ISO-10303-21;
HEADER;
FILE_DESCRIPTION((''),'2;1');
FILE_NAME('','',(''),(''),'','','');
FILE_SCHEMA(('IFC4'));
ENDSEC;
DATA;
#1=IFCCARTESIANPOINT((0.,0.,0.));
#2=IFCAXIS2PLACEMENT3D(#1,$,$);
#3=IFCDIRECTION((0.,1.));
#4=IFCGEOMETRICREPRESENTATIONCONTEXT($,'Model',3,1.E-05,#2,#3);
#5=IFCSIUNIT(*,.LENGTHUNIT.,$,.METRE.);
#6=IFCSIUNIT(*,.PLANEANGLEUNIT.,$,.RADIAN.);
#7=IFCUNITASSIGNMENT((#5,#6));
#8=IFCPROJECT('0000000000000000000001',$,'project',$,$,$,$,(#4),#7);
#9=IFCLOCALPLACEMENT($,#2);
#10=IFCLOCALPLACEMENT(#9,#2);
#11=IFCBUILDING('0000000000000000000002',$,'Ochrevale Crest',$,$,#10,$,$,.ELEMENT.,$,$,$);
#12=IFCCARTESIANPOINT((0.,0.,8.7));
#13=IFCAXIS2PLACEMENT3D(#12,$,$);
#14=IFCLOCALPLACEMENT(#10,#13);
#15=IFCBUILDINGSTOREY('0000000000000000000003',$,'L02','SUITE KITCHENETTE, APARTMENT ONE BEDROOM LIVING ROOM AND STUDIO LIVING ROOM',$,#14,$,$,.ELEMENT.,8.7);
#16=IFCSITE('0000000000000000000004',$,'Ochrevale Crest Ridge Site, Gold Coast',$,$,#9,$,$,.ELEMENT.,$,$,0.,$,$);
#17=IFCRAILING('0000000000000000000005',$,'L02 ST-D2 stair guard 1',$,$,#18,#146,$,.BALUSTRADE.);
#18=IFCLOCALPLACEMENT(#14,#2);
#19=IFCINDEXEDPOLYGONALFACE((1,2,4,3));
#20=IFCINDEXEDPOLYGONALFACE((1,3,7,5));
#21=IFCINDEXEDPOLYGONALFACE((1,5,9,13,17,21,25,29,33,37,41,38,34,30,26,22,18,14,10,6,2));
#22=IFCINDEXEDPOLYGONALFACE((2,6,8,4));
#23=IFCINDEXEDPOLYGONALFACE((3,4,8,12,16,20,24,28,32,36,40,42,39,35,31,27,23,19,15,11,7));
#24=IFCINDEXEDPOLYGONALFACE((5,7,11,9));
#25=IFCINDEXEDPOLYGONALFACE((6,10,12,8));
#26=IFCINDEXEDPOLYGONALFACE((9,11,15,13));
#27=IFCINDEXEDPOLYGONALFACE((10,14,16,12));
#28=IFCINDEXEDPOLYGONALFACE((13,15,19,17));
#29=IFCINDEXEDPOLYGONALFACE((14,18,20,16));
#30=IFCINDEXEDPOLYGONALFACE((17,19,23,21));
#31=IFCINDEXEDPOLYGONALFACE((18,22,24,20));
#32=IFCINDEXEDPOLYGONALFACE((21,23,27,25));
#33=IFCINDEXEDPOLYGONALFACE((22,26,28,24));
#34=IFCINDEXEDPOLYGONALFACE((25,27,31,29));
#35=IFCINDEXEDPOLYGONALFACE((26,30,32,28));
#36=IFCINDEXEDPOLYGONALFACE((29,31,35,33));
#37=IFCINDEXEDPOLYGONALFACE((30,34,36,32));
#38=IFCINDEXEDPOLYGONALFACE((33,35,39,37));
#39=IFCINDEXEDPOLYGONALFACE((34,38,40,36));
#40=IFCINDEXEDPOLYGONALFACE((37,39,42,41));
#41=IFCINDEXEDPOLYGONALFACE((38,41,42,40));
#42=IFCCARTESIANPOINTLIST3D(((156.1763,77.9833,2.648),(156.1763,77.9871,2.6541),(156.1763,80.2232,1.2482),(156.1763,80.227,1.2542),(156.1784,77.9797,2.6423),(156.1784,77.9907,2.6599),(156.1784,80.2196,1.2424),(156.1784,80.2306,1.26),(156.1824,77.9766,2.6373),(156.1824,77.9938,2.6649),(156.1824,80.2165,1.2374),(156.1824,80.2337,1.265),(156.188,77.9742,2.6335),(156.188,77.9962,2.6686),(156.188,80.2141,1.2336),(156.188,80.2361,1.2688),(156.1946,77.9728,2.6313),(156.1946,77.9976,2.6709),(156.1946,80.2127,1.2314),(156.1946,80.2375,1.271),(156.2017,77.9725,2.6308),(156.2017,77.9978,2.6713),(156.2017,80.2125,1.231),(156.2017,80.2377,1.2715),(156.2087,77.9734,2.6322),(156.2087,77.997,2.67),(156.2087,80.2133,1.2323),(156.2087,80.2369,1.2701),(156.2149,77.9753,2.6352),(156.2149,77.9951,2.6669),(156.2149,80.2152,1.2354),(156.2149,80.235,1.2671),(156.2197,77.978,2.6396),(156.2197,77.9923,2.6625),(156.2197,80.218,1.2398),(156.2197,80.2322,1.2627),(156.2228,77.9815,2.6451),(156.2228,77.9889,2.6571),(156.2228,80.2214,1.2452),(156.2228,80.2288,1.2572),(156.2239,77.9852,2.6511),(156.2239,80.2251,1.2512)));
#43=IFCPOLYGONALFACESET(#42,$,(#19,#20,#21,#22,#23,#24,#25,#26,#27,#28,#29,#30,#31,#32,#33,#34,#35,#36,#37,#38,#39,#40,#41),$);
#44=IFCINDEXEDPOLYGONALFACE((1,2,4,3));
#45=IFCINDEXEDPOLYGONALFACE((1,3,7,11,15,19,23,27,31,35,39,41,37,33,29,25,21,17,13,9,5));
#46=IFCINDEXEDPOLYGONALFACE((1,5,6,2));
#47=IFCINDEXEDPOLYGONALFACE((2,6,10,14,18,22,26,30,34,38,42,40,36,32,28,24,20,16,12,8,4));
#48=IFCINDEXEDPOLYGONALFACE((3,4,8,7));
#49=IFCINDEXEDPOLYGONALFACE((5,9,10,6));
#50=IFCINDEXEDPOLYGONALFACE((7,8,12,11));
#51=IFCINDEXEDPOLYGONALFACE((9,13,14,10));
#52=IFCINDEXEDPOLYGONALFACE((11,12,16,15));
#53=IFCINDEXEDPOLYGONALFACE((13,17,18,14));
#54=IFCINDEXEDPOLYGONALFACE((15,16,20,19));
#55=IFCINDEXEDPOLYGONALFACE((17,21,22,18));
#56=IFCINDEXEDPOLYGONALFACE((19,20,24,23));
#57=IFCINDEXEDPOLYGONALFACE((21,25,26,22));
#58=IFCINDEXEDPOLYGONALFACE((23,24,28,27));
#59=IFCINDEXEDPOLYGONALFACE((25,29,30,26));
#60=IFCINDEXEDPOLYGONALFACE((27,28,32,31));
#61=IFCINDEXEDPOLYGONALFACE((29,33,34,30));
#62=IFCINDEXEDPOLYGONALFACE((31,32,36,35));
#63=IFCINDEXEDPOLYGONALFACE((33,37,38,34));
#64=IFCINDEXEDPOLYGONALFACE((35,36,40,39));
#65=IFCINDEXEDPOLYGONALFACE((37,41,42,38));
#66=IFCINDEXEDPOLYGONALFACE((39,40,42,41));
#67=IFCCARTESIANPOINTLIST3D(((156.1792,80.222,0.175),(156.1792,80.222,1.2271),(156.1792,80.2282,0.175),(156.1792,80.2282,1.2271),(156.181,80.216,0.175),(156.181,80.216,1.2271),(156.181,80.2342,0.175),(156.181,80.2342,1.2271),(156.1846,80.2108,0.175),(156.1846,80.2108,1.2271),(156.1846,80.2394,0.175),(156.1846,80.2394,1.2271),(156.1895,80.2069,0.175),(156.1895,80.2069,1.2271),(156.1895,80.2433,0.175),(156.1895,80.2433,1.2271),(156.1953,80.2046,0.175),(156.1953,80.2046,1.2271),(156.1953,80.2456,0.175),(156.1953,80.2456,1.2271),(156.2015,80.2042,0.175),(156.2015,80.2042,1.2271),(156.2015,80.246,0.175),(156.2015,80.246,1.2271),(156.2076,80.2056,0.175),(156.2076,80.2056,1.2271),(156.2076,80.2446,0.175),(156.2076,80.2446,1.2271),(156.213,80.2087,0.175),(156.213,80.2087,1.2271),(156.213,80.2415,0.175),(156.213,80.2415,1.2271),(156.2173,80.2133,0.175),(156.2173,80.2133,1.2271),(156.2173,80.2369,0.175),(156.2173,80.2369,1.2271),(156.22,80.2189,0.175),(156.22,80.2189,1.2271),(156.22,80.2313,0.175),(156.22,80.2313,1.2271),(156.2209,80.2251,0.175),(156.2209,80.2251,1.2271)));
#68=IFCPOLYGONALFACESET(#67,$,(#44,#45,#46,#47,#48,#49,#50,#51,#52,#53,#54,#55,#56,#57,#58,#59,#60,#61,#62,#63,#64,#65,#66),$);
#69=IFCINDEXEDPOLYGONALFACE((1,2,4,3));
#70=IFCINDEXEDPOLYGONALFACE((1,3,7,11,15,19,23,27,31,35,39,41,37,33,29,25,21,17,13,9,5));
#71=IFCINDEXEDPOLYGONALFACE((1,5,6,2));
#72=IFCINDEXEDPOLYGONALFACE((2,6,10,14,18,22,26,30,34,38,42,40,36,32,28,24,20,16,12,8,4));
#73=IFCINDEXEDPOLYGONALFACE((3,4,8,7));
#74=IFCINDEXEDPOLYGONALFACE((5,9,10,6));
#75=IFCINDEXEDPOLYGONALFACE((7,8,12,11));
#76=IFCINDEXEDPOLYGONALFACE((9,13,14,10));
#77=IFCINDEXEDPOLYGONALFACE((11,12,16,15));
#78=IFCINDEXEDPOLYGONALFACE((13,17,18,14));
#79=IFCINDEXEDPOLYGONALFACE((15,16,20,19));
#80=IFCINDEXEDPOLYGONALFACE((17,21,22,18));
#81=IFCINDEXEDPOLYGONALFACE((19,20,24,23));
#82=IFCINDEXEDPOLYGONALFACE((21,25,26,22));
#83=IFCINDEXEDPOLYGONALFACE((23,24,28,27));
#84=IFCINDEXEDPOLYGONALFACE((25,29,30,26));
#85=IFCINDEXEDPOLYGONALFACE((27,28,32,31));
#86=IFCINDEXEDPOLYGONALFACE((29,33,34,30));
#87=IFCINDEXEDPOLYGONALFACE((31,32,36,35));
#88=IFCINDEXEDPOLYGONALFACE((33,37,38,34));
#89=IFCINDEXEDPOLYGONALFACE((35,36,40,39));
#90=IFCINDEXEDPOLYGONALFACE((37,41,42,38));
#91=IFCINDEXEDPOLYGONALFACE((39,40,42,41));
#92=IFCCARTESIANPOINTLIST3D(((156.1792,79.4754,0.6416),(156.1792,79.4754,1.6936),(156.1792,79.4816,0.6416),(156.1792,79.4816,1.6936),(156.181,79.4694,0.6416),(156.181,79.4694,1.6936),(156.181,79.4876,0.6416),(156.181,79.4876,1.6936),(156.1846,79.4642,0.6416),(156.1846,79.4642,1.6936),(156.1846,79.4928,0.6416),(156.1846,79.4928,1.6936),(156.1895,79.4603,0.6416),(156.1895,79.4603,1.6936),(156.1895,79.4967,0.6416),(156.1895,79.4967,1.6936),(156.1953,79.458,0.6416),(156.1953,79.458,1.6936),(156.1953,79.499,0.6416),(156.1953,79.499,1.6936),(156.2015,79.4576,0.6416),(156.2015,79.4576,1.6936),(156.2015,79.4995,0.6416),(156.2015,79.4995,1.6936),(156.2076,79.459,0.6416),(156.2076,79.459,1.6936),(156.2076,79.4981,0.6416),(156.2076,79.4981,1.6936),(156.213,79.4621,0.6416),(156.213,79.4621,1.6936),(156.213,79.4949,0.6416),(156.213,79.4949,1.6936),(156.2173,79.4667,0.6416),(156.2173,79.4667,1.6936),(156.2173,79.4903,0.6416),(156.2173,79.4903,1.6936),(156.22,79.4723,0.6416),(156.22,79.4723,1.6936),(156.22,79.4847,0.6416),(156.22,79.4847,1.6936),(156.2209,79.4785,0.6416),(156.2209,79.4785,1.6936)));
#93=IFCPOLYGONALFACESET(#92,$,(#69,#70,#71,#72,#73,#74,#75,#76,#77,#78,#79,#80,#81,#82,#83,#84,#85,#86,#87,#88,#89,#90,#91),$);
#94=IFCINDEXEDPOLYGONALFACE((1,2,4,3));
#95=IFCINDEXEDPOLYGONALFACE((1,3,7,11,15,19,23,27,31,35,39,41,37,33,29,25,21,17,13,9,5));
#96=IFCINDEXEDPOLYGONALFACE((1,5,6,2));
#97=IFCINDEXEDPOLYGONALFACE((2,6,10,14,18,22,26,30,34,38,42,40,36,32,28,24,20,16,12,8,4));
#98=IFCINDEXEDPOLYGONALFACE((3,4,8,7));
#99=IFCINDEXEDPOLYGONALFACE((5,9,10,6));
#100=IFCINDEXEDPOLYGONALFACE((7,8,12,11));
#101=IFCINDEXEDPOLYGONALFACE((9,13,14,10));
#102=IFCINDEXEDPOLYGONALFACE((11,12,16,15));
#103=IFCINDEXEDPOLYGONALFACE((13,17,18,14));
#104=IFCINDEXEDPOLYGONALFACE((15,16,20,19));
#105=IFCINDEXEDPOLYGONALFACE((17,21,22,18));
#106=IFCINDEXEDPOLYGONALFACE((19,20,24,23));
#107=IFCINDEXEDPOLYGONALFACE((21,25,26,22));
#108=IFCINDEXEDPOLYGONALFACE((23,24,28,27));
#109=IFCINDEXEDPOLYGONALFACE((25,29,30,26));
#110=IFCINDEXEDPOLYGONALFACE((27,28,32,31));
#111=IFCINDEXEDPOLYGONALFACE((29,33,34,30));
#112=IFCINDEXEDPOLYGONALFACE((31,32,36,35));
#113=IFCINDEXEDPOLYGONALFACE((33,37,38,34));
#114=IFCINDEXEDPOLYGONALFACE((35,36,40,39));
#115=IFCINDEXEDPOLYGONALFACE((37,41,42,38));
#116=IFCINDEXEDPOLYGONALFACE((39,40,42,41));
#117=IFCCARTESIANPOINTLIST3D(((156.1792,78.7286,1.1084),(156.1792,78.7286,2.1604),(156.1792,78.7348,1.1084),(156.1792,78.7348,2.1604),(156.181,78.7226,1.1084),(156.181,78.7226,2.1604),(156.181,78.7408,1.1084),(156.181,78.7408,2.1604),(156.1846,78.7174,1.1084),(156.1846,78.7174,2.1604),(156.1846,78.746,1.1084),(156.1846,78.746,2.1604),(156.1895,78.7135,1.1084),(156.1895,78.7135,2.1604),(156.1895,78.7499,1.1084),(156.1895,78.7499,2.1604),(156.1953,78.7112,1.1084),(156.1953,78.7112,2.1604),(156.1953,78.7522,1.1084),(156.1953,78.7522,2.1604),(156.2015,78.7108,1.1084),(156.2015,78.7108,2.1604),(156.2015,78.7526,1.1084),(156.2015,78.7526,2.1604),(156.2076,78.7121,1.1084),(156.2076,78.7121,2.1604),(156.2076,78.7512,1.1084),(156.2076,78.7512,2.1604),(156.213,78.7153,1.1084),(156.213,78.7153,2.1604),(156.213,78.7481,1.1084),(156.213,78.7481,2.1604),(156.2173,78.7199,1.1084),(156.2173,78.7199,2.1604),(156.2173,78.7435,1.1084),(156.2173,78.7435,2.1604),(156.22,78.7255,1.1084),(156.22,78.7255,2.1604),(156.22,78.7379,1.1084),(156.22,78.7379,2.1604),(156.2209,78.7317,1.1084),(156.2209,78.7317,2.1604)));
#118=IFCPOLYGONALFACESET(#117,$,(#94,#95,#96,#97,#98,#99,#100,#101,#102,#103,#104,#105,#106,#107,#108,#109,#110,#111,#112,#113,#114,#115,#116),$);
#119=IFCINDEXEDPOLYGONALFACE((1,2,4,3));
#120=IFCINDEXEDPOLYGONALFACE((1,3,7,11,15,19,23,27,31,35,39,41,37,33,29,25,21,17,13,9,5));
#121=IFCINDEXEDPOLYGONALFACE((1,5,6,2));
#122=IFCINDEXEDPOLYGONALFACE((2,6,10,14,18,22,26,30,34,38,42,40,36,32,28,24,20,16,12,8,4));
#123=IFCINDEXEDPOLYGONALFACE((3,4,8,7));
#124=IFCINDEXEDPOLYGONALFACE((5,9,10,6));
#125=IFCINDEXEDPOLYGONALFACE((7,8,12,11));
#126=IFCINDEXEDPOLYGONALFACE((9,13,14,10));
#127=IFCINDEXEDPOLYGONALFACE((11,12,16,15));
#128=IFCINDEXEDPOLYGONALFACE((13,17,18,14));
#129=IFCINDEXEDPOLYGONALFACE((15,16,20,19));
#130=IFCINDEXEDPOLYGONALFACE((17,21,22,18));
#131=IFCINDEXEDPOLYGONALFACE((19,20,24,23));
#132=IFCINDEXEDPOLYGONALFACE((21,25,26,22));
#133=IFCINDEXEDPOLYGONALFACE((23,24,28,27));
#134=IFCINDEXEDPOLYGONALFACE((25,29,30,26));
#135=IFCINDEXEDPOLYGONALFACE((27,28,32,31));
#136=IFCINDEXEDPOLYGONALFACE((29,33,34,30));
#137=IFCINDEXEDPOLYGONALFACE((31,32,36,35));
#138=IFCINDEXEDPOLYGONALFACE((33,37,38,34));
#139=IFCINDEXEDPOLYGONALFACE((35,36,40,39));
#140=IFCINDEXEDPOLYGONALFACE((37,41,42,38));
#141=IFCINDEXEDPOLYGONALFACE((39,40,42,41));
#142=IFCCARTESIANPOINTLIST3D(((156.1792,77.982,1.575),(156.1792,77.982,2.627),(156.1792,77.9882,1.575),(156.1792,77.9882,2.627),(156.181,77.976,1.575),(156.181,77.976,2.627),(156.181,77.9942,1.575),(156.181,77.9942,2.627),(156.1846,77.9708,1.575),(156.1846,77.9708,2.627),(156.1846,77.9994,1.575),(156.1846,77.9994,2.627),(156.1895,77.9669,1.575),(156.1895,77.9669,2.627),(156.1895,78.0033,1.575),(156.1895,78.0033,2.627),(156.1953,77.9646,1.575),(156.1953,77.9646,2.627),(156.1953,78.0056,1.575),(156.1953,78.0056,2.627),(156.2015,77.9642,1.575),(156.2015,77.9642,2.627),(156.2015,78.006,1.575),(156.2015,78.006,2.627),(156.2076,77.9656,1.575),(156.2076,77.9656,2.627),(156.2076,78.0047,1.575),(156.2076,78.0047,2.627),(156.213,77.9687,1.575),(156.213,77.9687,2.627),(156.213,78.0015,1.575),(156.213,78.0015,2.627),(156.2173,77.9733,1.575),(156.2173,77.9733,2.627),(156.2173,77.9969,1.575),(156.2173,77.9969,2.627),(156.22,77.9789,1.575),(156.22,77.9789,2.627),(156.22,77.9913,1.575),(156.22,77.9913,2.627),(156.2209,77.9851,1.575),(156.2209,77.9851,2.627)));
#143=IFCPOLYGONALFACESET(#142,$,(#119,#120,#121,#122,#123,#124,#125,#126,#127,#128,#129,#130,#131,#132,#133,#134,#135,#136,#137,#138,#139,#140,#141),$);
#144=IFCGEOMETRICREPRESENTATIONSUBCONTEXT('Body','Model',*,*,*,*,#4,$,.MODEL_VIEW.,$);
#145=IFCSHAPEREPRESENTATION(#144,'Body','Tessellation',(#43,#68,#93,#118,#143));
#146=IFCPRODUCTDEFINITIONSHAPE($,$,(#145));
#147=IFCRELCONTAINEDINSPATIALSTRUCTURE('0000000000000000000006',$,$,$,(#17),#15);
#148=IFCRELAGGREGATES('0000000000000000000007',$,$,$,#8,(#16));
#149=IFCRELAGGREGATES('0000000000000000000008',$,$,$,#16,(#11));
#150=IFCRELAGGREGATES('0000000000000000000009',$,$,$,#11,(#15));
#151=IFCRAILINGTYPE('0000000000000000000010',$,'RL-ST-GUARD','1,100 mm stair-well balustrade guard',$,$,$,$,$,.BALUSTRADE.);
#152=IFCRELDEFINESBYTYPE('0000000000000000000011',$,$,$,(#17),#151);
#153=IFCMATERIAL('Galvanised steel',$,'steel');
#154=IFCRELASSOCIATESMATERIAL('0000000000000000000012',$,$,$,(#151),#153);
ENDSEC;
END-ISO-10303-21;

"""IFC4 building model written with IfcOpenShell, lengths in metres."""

from ifc_helpers import new_model, si_unit, direction, frame, origin, origin_2d, place, context, subcontext, project, spatial, circle, extrude, material, type_object, element, save


model = new_model("IFC4")

# Units and contexts
model_context = context("Model", 3, precision=1e-05, world=origin(), true_north=direction((0.0, 1.0)))
body_context = subcontext(model_context, "Body", "Model", "MODEL_VIEW")
ifc_project = project(units=[si_unit("LENGTHUNIT", "METRE"), si_unit("PLANEANGLEUNIT", "RADIAN")], contexts=[model_context])

# Site, building, storey
site_placement = place(None, origin())
site = spatial("IfcSite", under=ifc_project, at=site_placement, Name="Ochrevale Crest Ridge Site, Gold Coast", CompositionType="ELEMENT", RefElevation=0.0)
building_placement = place(site_placement, origin())
building = spatial("IfcBuilding", under=site, at=building_placement, Name="Ochrevale Crest", CompositionType="ELEMENT")
storey_placement = place(building_placement, frame((0.0, 0.0, 8.7)))
storey = spatial("IfcBuildingStorey", under=building, at=storey_placement, Name="L02", Description="SUITE KITCHENETTE, APARTMENT ONE BEDROOM LIVING ROOM AND STUDIO LIVING ROOM", CompositionType="ELEMENT", Elevation=8.7)

# Railing
ifc_material_1 = material(Name="Galvanised steel", Category="steel")
railing_type_1 = type_object("IfcRailingType", Name="RL-ST-GUARD", Description="1,100 mm stair-well balustrade guard", PredefinedType="BALUSTRADE", material=ifc_material_1)
railing_1_placement = place(storey_placement, frame((156.2, 80.2251, 0.175)))
element("IfcRailing", 1, at=railing_1_placement, inside=storey, type_object=railing_type_1, Name="L02 ST-D2 stair guard 1", PredefinedType="BALUSTRADE", context=body_context, shape_type="SweptSolid", body=[
    extrude(circle(Radius=0.0239, at=origin_2d()), frame((0.0, 0.0, 1.0762), z_axis=(0.0, -0.848014, 0.529974), x_axis=(1.0, 0.0, 0.0)), (0.0, 0.0, 1.0), 2.6414),
    extrude(circle(Radius=0.021, at=origin_2d()), origin(), (0.0, 0.0, 1.0), 1.052),
    extrude(circle(Radius=0.021, at=origin_2d()), frame((0.0, -0.7466, 0.4666)), (0.0, 0.0, 1.0), 1.052),
    extrude(circle(Radius=0.021, at=origin_2d()), frame((0.0, -1.4934, 0.9333)), (0.0, 0.0, 1.0), 1.052),
    extrude(circle(Radius=0.021, at=origin_2d()), frame((0.0, -2.24, 1.3999)), (0.0, 0.0, 1.0), 1.052),
])

save(model, "model.ifc")
